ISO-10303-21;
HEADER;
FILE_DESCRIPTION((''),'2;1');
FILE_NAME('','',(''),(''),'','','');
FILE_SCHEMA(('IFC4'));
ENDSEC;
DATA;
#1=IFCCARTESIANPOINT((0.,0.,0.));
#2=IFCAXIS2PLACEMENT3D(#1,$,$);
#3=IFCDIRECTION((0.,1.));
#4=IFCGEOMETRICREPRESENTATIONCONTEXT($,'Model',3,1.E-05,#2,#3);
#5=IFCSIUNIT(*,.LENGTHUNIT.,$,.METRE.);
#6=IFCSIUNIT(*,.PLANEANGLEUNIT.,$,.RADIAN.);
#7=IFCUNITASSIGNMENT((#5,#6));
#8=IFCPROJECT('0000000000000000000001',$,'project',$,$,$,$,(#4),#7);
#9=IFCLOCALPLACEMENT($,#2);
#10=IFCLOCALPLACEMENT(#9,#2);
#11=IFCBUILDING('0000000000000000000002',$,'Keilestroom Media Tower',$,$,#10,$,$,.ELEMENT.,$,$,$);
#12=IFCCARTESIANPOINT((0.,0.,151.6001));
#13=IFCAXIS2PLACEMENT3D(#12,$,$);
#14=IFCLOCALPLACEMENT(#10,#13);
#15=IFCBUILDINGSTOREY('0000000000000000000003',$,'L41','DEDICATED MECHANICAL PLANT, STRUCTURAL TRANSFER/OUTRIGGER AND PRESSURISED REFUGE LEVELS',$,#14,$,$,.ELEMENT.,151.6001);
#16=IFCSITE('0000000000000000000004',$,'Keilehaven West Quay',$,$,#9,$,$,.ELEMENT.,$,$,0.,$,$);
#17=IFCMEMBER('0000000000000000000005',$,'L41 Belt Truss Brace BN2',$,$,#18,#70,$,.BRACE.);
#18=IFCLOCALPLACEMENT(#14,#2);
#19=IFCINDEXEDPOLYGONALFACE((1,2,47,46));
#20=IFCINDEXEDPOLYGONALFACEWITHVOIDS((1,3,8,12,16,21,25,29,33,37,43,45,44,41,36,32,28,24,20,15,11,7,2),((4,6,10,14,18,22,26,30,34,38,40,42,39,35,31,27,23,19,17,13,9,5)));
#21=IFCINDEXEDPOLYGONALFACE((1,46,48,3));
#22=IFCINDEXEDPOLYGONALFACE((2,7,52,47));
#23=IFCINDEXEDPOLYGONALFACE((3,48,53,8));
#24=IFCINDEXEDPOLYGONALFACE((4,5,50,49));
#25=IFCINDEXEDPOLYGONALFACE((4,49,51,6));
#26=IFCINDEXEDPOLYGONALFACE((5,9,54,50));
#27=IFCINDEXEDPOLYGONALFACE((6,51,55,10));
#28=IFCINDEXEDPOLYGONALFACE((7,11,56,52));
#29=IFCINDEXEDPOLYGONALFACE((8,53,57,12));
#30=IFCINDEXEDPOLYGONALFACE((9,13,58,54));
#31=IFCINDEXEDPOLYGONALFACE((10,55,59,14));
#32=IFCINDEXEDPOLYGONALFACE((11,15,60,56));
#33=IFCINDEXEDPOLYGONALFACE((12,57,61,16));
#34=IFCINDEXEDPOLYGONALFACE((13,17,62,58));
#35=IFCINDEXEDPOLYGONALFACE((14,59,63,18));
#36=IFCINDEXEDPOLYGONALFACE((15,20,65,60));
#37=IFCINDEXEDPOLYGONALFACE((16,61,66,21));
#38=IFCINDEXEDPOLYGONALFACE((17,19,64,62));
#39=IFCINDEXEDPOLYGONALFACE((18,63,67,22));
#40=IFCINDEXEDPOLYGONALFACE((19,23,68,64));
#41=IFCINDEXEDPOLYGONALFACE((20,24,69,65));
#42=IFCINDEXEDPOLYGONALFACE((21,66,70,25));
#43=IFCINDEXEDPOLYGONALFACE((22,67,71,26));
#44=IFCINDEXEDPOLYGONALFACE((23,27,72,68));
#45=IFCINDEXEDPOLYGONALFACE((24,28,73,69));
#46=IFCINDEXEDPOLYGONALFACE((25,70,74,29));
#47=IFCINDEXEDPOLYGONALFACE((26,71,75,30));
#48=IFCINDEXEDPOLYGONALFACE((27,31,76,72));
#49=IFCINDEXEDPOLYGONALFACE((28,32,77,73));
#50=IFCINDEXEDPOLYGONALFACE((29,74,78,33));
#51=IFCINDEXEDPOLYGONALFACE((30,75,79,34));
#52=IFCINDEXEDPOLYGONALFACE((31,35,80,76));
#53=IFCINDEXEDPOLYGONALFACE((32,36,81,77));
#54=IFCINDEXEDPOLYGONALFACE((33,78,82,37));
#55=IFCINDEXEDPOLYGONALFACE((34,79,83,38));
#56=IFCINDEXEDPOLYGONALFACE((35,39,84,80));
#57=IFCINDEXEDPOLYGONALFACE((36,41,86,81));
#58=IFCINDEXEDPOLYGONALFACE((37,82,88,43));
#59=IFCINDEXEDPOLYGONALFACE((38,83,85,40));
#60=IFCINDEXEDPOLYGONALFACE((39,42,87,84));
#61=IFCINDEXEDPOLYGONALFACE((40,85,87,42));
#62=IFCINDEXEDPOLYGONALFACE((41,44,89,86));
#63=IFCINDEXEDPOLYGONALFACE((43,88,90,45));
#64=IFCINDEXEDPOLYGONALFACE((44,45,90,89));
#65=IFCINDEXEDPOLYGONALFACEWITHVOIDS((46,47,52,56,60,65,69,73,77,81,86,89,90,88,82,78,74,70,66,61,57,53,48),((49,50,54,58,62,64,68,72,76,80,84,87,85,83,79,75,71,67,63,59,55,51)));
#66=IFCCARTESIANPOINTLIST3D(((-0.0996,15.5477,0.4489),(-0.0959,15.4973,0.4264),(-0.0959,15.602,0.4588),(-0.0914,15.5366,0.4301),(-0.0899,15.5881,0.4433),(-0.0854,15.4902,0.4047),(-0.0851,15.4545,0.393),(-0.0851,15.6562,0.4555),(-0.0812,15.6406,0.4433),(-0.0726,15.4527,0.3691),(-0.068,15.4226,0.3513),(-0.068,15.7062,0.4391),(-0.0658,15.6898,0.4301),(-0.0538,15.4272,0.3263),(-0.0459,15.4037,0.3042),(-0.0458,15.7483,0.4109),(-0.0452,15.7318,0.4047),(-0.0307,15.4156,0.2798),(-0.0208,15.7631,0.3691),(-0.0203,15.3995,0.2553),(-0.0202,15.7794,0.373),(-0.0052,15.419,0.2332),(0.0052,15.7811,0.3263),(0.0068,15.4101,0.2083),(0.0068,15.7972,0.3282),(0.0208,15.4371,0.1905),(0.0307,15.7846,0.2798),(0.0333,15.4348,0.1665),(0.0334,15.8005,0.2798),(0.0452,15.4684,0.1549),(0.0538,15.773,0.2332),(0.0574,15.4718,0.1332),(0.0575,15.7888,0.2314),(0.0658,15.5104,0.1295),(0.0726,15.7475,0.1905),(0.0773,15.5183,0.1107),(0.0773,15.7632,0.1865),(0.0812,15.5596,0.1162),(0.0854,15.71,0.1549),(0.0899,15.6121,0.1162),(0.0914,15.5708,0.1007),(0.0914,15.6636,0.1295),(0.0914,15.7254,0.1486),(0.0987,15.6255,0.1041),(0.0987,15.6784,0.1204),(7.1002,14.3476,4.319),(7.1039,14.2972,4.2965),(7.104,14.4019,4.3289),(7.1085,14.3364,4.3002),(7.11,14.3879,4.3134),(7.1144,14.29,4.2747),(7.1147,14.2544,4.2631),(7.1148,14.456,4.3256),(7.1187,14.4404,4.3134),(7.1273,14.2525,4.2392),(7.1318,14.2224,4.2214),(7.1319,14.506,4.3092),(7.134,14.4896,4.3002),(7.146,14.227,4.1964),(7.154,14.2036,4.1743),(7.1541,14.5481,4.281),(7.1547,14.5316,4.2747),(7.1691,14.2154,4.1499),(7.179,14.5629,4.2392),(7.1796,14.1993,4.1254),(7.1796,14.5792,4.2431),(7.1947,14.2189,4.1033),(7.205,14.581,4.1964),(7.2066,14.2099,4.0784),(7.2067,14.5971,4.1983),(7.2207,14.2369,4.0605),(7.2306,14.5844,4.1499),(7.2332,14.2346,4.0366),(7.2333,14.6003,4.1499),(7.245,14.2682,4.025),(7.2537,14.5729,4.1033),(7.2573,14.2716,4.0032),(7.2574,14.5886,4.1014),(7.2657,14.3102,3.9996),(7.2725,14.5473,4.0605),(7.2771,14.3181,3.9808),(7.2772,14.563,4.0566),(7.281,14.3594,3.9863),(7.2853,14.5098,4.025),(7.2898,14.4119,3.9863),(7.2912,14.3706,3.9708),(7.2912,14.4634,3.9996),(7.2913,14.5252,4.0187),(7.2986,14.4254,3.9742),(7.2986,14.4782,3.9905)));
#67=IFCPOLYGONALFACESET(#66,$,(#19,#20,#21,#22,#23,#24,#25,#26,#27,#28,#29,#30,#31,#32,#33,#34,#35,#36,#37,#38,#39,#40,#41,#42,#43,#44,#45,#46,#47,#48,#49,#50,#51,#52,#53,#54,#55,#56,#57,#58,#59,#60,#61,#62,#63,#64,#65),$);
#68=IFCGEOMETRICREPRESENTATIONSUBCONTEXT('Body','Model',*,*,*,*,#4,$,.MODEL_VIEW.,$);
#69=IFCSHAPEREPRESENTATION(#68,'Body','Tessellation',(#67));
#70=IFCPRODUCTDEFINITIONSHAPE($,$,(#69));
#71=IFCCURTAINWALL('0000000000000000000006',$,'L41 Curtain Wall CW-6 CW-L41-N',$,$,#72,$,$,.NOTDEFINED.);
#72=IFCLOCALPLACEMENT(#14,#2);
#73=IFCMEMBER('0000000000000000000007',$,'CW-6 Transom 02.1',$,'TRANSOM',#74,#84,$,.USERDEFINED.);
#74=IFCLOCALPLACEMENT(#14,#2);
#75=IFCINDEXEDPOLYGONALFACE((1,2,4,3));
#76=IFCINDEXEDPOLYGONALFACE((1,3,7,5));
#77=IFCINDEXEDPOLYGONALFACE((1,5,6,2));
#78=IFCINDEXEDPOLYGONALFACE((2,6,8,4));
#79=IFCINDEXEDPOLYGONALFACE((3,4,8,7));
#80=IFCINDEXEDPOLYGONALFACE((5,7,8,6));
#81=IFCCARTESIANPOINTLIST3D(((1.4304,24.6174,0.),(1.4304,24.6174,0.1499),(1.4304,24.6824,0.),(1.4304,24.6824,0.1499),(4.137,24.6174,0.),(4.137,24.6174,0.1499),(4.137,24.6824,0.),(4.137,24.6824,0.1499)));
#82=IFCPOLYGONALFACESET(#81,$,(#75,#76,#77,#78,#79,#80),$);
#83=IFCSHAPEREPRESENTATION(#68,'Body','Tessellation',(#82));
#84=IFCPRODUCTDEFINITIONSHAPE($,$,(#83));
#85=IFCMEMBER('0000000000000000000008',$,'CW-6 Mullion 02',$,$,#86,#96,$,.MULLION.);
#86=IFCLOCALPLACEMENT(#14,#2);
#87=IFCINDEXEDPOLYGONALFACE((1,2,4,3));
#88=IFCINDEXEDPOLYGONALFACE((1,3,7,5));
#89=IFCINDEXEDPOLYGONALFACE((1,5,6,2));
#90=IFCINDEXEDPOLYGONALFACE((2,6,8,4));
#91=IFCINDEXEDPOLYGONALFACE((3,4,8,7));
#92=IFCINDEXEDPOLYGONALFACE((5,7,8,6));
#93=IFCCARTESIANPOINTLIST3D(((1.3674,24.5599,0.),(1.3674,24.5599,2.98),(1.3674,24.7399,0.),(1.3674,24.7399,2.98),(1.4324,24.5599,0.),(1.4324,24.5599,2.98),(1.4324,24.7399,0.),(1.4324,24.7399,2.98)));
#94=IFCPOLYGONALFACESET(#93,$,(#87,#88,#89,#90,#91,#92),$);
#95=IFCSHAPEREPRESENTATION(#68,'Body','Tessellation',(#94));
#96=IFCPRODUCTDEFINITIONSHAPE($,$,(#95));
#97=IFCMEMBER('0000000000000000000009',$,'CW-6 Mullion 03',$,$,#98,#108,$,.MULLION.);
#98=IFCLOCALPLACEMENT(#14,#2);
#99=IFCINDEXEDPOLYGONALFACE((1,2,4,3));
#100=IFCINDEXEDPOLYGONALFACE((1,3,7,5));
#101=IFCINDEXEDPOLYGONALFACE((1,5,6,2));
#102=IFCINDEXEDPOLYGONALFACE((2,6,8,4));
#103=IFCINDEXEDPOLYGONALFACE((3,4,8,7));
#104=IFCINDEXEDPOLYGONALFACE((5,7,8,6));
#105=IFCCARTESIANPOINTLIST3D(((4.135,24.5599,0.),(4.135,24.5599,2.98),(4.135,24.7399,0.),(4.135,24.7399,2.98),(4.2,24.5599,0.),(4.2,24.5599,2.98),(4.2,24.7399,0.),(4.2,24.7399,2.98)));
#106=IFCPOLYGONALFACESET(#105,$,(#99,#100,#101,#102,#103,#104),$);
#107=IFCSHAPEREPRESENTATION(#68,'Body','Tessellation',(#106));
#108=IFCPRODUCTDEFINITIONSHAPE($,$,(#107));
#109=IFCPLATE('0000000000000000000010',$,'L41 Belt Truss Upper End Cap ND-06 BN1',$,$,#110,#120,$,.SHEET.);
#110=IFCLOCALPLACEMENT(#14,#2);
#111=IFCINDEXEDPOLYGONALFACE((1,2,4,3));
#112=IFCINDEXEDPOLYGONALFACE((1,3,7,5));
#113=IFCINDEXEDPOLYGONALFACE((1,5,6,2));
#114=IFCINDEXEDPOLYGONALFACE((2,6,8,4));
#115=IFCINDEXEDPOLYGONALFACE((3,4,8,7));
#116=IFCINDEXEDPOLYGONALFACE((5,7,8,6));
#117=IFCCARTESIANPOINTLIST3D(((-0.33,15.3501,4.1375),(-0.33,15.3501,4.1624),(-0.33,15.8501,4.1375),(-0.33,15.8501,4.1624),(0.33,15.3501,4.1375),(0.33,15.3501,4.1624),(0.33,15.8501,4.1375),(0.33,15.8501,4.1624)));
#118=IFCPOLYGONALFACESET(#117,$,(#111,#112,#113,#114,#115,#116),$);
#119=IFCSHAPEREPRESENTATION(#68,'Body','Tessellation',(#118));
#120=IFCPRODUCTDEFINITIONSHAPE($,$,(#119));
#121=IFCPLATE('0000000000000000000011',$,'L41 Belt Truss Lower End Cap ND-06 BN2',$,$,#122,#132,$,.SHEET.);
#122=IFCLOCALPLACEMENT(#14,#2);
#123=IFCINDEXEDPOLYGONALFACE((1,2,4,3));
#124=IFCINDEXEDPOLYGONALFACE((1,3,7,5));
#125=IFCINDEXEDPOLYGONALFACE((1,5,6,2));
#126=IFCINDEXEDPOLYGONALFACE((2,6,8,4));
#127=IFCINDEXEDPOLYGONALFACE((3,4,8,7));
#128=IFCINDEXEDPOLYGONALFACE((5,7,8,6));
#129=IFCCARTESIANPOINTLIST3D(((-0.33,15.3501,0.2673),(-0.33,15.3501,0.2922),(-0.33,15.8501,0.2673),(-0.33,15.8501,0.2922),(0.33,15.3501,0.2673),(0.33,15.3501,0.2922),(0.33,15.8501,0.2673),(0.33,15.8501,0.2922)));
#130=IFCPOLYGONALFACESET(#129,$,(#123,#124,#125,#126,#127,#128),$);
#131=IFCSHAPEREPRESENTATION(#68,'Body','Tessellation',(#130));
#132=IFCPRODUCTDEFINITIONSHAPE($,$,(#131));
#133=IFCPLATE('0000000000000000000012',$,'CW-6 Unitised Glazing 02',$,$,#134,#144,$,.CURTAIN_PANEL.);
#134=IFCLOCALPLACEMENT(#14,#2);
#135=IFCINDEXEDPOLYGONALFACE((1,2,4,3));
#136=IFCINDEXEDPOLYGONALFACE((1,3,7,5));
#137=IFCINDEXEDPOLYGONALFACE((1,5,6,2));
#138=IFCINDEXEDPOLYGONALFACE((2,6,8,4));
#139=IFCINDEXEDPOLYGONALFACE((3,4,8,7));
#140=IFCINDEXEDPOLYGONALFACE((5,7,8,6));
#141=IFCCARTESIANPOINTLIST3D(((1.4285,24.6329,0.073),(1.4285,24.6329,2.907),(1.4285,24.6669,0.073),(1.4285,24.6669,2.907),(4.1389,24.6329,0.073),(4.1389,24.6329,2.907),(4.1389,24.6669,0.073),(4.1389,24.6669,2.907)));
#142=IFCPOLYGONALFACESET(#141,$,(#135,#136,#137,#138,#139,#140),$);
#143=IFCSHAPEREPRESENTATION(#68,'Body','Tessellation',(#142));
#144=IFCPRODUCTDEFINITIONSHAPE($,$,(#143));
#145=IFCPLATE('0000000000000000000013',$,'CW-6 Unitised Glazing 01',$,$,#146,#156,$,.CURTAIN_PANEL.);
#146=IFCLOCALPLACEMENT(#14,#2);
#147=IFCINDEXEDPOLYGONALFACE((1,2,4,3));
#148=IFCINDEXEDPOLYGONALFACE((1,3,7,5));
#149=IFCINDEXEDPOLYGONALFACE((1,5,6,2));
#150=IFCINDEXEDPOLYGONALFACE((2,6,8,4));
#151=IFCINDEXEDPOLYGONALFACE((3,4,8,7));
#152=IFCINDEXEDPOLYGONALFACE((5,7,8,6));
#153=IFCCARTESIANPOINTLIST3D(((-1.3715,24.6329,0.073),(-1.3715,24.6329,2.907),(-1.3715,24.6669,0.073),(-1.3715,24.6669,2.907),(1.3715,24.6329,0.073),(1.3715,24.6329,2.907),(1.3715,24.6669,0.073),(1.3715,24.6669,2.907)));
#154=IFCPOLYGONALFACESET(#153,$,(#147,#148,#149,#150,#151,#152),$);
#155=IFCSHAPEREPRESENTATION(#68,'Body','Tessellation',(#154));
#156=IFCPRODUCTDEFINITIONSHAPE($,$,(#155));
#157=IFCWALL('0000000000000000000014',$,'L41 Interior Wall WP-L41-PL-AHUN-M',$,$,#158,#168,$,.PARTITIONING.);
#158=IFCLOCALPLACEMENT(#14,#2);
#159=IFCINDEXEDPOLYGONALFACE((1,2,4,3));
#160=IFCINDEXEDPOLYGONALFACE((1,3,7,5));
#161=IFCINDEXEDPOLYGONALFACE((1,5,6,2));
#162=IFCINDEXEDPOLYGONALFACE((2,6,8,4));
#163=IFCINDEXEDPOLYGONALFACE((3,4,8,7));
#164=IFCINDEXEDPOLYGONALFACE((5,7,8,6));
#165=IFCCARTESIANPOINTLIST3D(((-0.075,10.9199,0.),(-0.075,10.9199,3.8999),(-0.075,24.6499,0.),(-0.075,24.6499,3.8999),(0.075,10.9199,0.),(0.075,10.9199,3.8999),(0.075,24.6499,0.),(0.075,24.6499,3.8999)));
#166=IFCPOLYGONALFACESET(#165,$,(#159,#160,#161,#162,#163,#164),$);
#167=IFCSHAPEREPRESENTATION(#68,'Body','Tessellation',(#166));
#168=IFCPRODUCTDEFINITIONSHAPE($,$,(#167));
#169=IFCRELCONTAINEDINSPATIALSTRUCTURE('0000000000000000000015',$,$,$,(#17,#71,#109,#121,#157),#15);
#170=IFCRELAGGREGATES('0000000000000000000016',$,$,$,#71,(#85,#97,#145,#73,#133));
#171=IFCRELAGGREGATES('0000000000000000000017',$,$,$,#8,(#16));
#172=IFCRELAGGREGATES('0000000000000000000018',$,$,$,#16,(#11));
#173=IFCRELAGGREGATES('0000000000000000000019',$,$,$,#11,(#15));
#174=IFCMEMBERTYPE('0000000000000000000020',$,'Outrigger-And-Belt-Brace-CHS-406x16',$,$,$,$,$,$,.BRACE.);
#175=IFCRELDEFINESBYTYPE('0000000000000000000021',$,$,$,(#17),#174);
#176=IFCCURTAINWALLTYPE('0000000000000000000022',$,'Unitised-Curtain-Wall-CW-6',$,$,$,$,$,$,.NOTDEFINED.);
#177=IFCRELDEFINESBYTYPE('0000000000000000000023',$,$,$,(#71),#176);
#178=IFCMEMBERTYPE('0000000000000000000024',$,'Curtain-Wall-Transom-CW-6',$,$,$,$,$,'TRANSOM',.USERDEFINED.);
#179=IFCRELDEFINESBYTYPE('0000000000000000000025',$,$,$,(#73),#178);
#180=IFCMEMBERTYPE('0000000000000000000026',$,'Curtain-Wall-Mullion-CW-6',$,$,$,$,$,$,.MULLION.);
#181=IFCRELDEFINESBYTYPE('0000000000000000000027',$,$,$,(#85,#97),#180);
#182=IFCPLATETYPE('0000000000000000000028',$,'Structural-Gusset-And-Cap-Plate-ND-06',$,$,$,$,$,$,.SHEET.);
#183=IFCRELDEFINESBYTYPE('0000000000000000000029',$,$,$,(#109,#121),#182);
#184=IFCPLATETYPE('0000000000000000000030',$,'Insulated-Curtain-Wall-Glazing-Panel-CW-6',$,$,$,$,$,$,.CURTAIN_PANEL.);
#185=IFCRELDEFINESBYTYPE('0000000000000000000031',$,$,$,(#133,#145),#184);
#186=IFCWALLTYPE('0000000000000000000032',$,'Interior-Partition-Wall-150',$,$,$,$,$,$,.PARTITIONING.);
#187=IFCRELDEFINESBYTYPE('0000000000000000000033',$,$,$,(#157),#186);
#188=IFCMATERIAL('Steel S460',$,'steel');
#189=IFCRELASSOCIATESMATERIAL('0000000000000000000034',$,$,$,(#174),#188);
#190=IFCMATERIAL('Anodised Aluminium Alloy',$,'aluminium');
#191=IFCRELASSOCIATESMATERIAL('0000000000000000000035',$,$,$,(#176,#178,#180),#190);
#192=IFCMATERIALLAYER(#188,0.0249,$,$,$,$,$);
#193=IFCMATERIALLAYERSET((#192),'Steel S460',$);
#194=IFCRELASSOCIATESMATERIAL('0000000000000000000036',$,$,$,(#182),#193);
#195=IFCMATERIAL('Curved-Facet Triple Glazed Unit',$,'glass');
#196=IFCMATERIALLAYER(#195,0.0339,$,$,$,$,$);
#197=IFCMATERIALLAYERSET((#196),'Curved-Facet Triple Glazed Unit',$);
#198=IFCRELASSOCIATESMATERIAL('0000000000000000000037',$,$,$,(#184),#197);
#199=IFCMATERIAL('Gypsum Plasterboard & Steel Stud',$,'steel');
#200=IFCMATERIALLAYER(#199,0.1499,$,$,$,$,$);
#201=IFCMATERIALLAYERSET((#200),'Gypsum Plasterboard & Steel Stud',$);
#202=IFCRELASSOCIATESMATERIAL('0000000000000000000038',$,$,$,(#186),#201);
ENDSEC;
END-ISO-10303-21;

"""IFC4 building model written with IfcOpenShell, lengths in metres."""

from ifc_helpers import new_model, si_unit, direction, frame, frame_2d, origin, origin_2d, place, context, subcontext, project, spatial, rectangle, hollow_circle, extrude, source, transform, mapped, material, layer, layer_set, material_profile, profile_set, type_object, element, aggregate, save


model = new_model("IFC4")

# Units and contexts
model_context = context("Model", 3, precision=1e-05, world=origin(), true_north=direction((0.0, 1.0)))
body_context = subcontext(model_context, "Body", "Model", "MODEL_VIEW")
ifc_project = project(units=[si_unit("LENGTHUNIT", "METRE"), si_unit("PLANEANGLEUNIT", "RADIAN")], contexts=[model_context])

# Site, building, storey
site_placement = place(None, origin())
site = spatial("IfcSite", under=ifc_project, at=site_placement, Name="Keilehaven West Quay", CompositionType="ELEMENT", RefElevation=0.0)
building_placement = place(site_placement, origin())
building = spatial("IfcBuilding", under=site, at=building_placement, Name="Keilestroom Media Tower", CompositionType="ELEMENT")
storey_placement = place(building_placement, frame((0.0, 0.0, 151.6001)))
storey = spatial("IfcBuildingStorey", under=building, at=storey_placement, Name="L41", Description="DEDICATED MECHANICAL PLANT, STRUCTURAL TRANSFER/OUTRIGGER AND PRESSURISED REFUGE LEVELS", CompositionType="ELEMENT", Elevation=151.6001)

# Member
ifc_material_1 = material(Name="Steel S460", Category="steel")
ifc_material_profile_1 = material_profile(ifc_material_1, hollow_circle(Radius=0.2031, WallThickness=0.0161, at=origin_2d()), Name="CHS 406.4x16")
ifc_profile_set_1 = profile_set([ifc_material_profile_1], Name="Steel S460")
member_type_1 = type_object("IfcMemberType", Name="Outrigger-And-Belt-Brace-CHS-406x16", PredefinedType="BRACE", material=ifc_profile_set_1)
shared_shape_1 = source(origin(), body_context, "Body", "SweptSolid", [
    extrude(hollow_circle(Radius=0.2031, WallThickness=0.0161, at=origin_2d()), origin(), (0.0, 0.0, 1.0), 8.2617),
])
member_1_placement = place(storey_placement, frame((0.0, 15.6001, 0.2798), z_axis=(0.871473, -0.14527, 0.468434), x_axis=(0.164426, 0.986389, 0.0)))
element("IfcMember", 1, at=member_1_placement, inside=storey, type_object=member_type_1, Name="L41 Belt Truss Brace BN2", PredefinedType="BRACE", context=body_context, shape_type="MappedRepresentation", body=[
    mapped(shared_shape_1, transform((0.0, 0.0, 0.0), x_axis=(1.0, 0.0, 0.0), y_axis=(0.0, 1.0, 0.0), z_axis=(0.0, 0.0, 1.0), scale=1.0)),
])

# Curtain wall, members
ifc_material_2 = material(Name="Anodised Aluminium Alloy", Category="aluminium")
curtain_wall_type = type_object("IfcCurtainWallType", Name="Unitised-Curtain-Wall-CW-6", PredefinedType="NOTDEFINED", material=ifc_material_2)
curtain_wall_placement = place(storey_placement, origin())
curtain_wall = element("IfcCurtainWall", 2, at=curtain_wall_placement, inside=storey, type_object=curtain_wall_type, Name="L41 Curtain Wall CW-6 CW-L41-N", PredefinedType="NOTDEFINED")
ifc_material_profile_2 = material_profile(ifc_material_2, rectangle(XDim=0.0649, YDim=0.1499, at=origin_2d()), Name="ALU TRANSOM 65x150")
ifc_profile_set_2 = profile_set([ifc_material_profile_2], Name="Anodised Aluminium Alloy")
member_type_2 = type_object("IfcMemberType", Name="Curtain-Wall-Transom-CW-6", ElementType="TRANSOM", PredefinedType="USERDEFINED", material=ifc_profile_set_2)
shared_shape_2 = source(origin(), body_context, "Body", "SweptSolid", [
    extrude(rectangle(XDim=0.0649, YDim=0.1499, at=origin_2d()), origin(), (0.0, 0.0, 1.0), 2.7065),
])
member_2_placement = place(storey_placement, frame((1.4304, 24.6499, 0.075), z_axis=(1.0, 0.0, 0.0), x_axis=(0.0, 1.0, 0.0)))
member_2 = element("IfcMember", 3, at=member_2_placement, type_object=member_type_2, Name="CW-6 Transom 02.1", ObjectType="TRANSOM", PredefinedType="USERDEFINED", context=body_context, shape_type="MappedRepresentation", body=[
    mapped(shared_shape_2, transform((0.0, 0.0, 0.0), x_axis=(1.0, 0.0, 0.0), y_axis=(0.0, 1.0, 0.0), z_axis=(0.0, 0.0, 1.0), scale=1.0)),
])
ifc_material_profile_3 = material_profile(ifc_material_2, rectangle(XDim=0.0649, YDim=0.1799, at=origin_2d()), Name="ALU MULLION 65x180")
ifc_profile_set_3 = profile_set([ifc_material_profile_3], Name="Anodised Aluminium Alloy")
member_type_3 = type_object("IfcMemberType", Name="Curtain-Wall-Mullion-CW-6", PredefinedType="MULLION", material=ifc_profile_set_3)
shared_shape_3 = source(origin(), body_context, "Body", "SweptSolid", [
    extrude(rectangle(XDim=0.0649, YDim=0.1799, at=origin_2d()), origin(), (0.0, 0.0, 1.0), 2.98),
])
member_3_placement = place(storey_placement, frame((1.3999, 24.6499, 0.0), z_axis=(0.0, 0.0, 1.0), x_axis=(1.0, 0.0, 0.0)))
member_3 = element("IfcMember", 4, at=member_3_placement, type_object=member_type_3, Name="CW-6 Mullion 02", PredefinedType="MULLION", context=body_context, shape_type="MappedRepresentation", body=[
    mapped(shared_shape_3, transform((0.0, 0.0, 0.0), x_axis=(1.0, 0.0, 0.0), y_axis=(0.0, 1.0, 0.0), z_axis=(0.0, 0.0, 1.0), scale=1.0)),
])
member_4_placement = place(storey_placement, frame((4.1675, 24.6499, 0.0), z_axis=(0.0, 0.0, 1.0), x_axis=(1.0, 0.0, 0.0)))
member_4 = element("IfcMember", 5, at=member_4_placement, type_object=member_type_3, Name="CW-6 Mullion 03", PredefinedType="MULLION", context=body_context, shape_type="MappedRepresentation", body=[
    mapped(shared_shape_3, transform((0.0, 0.0, 0.0), x_axis=(1.0, 0.0, 0.0), y_axis=(0.0, 1.0, 0.0), z_axis=(0.0, 0.0, 1.0), scale=1.0)),
])

# Plates
ifc_layer_1 = layer(ifc_material_1, 0.0249)
ifc_layer_set_1 = layer_set([ifc_layer_1], Name="Steel S460")
plate_type_1 = type_object("IfcPlateType", Name="Structural-Gusset-And-Cap-Plate-ND-06", PredefinedType="SHEET", material=ifc_layer_set_1)
shared_shape_4 = source(origin(), body_context, "Body", "SweptSolid", [
    extrude(rectangle(XDim=0.6599, YDim=0.5, at=origin_2d()), origin(), (0.0, 0.0, 1.0), 0.0249),
])
for number, where, z_axis, x_axis, name in (
    (6, (0.0, 15.6001, 4.1375), (0.0, 0.0, 1.0), (1.0, 0.0, 0.0), "L41 Belt Truss Upper End Cap ND-06 BN1"),
    (7, (0.0, 15.6001, 0.2673), (0.0, 0.0, 1.0), (1.0, 0.0, 0.0), "L41 Belt Truss Lower End Cap ND-06 BN2"),
):
    element("IfcPlate", number, at=place(storey_placement, frame(where, z_axis=z_axis, x_axis=x_axis)), inside=storey, type_object=plate_type_1, Name=name, PredefinedType="SHEET", context=body_context, shape_type="MappedRepresentation", body=[
        mapped(shared_shape_4, transform((0.0, 0.0, 0.0), x_axis=(1.0, 0.0, 0.0), y_axis=(0.0, 1.0, 0.0), z_axis=(0.0, 0.0, 1.0), scale=1.0)),
    ])

# Plates
ifc_material_3 = material(Name="Curved-Facet Triple Glazed Unit", Category="glass")
ifc_layer_2 = layer(ifc_material_3, 0.0339)
ifc_layer_set_2 = layer_set([ifc_layer_2], Name="Curved-Facet Triple Glazed Unit")
plate_type_2 = type_object("IfcPlateType", Name="Insulated-Curtain-Wall-Glazing-Panel-CW-6", PredefinedType="CURTAIN_PANEL", material=ifc_layer_set_2)
shared_shape_5 = source(origin(), body_context, "Body", "SweptSolid", [
    extrude(rectangle(XDim=2.7104, YDim=0.0339, at=origin_2d()), origin(), (0.0, 0.0, 1.0), 2.834),
])
plate_1_placement = place(storey_placement, frame((2.7837, 24.6499, 0.073), z_axis=(0.0, 0.0, 1.0), x_axis=(1.0, 0.0, 0.0)))
plate_1 = element("IfcPlate", 8, at=plate_1_placement, type_object=plate_type_2, Name="CW-6 Unitised Glazing 02", PredefinedType="CURTAIN_PANEL", context=body_context, shape_type="MappedRepresentation", body=[
    mapped(shared_shape_5, transform((0.0, 0.0, 0.0), x_axis=(1.0, 0.0, 0.0), y_axis=(0.0, 1.0, 0.0), z_axis=(0.0, 0.0, 1.0), scale=1.0)),
])
shared_shape_6 = source(origin(), body_context, "Body", "SweptSolid", [
    extrude(rectangle(XDim=2.7429, YDim=0.0339, at=origin_2d()), origin(), (0.0, 0.0, 1.0), 2.834),
])
plate_2_placement = place(storey_placement, frame((0.0, 24.6499, 0.073), z_axis=(0.0, 0.0, 1.0), x_axis=(1.0, 0.0, 0.0)))
plate_2 = element("IfcPlate", 9, at=plate_2_placement, type_object=plate_type_2, Name="CW-6 Unitised Glazing 01", PredefinedType="CURTAIN_PANEL", context=body_context, shape_type="MappedRepresentation", body=[
    mapped(shared_shape_6, transform((0.0, 0.0, 0.0), x_axis=(1.0, 0.0, 0.0), y_axis=(0.0, 1.0, 0.0), z_axis=(0.0, 0.0, 1.0), scale=1.0)),
])
aggregate(curtain_wall, [member_3, member_4, plate_2, member_2, plate_1])

# Wall
ifc_material_4 = material(Name="Gypsum Plasterboard & Steel Stud", Category="steel")
ifc_layer_3 = layer(ifc_material_4, 0.1499)
ifc_layer_set_3 = layer_set([ifc_layer_3], Name="Gypsum Plasterboard & Steel Stud")
wall_type_1 = type_object("IfcWallType", Name="Interior-Partition-Wall-150", PredefinedType="PARTITIONING", material=ifc_layer_set_3)
wall_1_placement = place(storey_placement, frame((0.0, 10.9199, 0.0), z_axis=(0.0, 0.0, 1.0), x_axis=(0.0, 1.0, 0.0)))
element("IfcWall", 10, at=wall_1_placement, inside=storey, type_object=wall_type_1, Name="L41 Interior Wall WP-L41-PL-AHUN-M", PredefinedType="PARTITIONING", context=body_context, shape_type="SweptSolid", body=[
    extrude(rectangle(XDim=13.73, YDim=0.1499, at=frame_2d((6.865, 0.0))), origin(), (0.0, 0.0, 1.0), 3.8999),
])

save(model, "model.ifc")
